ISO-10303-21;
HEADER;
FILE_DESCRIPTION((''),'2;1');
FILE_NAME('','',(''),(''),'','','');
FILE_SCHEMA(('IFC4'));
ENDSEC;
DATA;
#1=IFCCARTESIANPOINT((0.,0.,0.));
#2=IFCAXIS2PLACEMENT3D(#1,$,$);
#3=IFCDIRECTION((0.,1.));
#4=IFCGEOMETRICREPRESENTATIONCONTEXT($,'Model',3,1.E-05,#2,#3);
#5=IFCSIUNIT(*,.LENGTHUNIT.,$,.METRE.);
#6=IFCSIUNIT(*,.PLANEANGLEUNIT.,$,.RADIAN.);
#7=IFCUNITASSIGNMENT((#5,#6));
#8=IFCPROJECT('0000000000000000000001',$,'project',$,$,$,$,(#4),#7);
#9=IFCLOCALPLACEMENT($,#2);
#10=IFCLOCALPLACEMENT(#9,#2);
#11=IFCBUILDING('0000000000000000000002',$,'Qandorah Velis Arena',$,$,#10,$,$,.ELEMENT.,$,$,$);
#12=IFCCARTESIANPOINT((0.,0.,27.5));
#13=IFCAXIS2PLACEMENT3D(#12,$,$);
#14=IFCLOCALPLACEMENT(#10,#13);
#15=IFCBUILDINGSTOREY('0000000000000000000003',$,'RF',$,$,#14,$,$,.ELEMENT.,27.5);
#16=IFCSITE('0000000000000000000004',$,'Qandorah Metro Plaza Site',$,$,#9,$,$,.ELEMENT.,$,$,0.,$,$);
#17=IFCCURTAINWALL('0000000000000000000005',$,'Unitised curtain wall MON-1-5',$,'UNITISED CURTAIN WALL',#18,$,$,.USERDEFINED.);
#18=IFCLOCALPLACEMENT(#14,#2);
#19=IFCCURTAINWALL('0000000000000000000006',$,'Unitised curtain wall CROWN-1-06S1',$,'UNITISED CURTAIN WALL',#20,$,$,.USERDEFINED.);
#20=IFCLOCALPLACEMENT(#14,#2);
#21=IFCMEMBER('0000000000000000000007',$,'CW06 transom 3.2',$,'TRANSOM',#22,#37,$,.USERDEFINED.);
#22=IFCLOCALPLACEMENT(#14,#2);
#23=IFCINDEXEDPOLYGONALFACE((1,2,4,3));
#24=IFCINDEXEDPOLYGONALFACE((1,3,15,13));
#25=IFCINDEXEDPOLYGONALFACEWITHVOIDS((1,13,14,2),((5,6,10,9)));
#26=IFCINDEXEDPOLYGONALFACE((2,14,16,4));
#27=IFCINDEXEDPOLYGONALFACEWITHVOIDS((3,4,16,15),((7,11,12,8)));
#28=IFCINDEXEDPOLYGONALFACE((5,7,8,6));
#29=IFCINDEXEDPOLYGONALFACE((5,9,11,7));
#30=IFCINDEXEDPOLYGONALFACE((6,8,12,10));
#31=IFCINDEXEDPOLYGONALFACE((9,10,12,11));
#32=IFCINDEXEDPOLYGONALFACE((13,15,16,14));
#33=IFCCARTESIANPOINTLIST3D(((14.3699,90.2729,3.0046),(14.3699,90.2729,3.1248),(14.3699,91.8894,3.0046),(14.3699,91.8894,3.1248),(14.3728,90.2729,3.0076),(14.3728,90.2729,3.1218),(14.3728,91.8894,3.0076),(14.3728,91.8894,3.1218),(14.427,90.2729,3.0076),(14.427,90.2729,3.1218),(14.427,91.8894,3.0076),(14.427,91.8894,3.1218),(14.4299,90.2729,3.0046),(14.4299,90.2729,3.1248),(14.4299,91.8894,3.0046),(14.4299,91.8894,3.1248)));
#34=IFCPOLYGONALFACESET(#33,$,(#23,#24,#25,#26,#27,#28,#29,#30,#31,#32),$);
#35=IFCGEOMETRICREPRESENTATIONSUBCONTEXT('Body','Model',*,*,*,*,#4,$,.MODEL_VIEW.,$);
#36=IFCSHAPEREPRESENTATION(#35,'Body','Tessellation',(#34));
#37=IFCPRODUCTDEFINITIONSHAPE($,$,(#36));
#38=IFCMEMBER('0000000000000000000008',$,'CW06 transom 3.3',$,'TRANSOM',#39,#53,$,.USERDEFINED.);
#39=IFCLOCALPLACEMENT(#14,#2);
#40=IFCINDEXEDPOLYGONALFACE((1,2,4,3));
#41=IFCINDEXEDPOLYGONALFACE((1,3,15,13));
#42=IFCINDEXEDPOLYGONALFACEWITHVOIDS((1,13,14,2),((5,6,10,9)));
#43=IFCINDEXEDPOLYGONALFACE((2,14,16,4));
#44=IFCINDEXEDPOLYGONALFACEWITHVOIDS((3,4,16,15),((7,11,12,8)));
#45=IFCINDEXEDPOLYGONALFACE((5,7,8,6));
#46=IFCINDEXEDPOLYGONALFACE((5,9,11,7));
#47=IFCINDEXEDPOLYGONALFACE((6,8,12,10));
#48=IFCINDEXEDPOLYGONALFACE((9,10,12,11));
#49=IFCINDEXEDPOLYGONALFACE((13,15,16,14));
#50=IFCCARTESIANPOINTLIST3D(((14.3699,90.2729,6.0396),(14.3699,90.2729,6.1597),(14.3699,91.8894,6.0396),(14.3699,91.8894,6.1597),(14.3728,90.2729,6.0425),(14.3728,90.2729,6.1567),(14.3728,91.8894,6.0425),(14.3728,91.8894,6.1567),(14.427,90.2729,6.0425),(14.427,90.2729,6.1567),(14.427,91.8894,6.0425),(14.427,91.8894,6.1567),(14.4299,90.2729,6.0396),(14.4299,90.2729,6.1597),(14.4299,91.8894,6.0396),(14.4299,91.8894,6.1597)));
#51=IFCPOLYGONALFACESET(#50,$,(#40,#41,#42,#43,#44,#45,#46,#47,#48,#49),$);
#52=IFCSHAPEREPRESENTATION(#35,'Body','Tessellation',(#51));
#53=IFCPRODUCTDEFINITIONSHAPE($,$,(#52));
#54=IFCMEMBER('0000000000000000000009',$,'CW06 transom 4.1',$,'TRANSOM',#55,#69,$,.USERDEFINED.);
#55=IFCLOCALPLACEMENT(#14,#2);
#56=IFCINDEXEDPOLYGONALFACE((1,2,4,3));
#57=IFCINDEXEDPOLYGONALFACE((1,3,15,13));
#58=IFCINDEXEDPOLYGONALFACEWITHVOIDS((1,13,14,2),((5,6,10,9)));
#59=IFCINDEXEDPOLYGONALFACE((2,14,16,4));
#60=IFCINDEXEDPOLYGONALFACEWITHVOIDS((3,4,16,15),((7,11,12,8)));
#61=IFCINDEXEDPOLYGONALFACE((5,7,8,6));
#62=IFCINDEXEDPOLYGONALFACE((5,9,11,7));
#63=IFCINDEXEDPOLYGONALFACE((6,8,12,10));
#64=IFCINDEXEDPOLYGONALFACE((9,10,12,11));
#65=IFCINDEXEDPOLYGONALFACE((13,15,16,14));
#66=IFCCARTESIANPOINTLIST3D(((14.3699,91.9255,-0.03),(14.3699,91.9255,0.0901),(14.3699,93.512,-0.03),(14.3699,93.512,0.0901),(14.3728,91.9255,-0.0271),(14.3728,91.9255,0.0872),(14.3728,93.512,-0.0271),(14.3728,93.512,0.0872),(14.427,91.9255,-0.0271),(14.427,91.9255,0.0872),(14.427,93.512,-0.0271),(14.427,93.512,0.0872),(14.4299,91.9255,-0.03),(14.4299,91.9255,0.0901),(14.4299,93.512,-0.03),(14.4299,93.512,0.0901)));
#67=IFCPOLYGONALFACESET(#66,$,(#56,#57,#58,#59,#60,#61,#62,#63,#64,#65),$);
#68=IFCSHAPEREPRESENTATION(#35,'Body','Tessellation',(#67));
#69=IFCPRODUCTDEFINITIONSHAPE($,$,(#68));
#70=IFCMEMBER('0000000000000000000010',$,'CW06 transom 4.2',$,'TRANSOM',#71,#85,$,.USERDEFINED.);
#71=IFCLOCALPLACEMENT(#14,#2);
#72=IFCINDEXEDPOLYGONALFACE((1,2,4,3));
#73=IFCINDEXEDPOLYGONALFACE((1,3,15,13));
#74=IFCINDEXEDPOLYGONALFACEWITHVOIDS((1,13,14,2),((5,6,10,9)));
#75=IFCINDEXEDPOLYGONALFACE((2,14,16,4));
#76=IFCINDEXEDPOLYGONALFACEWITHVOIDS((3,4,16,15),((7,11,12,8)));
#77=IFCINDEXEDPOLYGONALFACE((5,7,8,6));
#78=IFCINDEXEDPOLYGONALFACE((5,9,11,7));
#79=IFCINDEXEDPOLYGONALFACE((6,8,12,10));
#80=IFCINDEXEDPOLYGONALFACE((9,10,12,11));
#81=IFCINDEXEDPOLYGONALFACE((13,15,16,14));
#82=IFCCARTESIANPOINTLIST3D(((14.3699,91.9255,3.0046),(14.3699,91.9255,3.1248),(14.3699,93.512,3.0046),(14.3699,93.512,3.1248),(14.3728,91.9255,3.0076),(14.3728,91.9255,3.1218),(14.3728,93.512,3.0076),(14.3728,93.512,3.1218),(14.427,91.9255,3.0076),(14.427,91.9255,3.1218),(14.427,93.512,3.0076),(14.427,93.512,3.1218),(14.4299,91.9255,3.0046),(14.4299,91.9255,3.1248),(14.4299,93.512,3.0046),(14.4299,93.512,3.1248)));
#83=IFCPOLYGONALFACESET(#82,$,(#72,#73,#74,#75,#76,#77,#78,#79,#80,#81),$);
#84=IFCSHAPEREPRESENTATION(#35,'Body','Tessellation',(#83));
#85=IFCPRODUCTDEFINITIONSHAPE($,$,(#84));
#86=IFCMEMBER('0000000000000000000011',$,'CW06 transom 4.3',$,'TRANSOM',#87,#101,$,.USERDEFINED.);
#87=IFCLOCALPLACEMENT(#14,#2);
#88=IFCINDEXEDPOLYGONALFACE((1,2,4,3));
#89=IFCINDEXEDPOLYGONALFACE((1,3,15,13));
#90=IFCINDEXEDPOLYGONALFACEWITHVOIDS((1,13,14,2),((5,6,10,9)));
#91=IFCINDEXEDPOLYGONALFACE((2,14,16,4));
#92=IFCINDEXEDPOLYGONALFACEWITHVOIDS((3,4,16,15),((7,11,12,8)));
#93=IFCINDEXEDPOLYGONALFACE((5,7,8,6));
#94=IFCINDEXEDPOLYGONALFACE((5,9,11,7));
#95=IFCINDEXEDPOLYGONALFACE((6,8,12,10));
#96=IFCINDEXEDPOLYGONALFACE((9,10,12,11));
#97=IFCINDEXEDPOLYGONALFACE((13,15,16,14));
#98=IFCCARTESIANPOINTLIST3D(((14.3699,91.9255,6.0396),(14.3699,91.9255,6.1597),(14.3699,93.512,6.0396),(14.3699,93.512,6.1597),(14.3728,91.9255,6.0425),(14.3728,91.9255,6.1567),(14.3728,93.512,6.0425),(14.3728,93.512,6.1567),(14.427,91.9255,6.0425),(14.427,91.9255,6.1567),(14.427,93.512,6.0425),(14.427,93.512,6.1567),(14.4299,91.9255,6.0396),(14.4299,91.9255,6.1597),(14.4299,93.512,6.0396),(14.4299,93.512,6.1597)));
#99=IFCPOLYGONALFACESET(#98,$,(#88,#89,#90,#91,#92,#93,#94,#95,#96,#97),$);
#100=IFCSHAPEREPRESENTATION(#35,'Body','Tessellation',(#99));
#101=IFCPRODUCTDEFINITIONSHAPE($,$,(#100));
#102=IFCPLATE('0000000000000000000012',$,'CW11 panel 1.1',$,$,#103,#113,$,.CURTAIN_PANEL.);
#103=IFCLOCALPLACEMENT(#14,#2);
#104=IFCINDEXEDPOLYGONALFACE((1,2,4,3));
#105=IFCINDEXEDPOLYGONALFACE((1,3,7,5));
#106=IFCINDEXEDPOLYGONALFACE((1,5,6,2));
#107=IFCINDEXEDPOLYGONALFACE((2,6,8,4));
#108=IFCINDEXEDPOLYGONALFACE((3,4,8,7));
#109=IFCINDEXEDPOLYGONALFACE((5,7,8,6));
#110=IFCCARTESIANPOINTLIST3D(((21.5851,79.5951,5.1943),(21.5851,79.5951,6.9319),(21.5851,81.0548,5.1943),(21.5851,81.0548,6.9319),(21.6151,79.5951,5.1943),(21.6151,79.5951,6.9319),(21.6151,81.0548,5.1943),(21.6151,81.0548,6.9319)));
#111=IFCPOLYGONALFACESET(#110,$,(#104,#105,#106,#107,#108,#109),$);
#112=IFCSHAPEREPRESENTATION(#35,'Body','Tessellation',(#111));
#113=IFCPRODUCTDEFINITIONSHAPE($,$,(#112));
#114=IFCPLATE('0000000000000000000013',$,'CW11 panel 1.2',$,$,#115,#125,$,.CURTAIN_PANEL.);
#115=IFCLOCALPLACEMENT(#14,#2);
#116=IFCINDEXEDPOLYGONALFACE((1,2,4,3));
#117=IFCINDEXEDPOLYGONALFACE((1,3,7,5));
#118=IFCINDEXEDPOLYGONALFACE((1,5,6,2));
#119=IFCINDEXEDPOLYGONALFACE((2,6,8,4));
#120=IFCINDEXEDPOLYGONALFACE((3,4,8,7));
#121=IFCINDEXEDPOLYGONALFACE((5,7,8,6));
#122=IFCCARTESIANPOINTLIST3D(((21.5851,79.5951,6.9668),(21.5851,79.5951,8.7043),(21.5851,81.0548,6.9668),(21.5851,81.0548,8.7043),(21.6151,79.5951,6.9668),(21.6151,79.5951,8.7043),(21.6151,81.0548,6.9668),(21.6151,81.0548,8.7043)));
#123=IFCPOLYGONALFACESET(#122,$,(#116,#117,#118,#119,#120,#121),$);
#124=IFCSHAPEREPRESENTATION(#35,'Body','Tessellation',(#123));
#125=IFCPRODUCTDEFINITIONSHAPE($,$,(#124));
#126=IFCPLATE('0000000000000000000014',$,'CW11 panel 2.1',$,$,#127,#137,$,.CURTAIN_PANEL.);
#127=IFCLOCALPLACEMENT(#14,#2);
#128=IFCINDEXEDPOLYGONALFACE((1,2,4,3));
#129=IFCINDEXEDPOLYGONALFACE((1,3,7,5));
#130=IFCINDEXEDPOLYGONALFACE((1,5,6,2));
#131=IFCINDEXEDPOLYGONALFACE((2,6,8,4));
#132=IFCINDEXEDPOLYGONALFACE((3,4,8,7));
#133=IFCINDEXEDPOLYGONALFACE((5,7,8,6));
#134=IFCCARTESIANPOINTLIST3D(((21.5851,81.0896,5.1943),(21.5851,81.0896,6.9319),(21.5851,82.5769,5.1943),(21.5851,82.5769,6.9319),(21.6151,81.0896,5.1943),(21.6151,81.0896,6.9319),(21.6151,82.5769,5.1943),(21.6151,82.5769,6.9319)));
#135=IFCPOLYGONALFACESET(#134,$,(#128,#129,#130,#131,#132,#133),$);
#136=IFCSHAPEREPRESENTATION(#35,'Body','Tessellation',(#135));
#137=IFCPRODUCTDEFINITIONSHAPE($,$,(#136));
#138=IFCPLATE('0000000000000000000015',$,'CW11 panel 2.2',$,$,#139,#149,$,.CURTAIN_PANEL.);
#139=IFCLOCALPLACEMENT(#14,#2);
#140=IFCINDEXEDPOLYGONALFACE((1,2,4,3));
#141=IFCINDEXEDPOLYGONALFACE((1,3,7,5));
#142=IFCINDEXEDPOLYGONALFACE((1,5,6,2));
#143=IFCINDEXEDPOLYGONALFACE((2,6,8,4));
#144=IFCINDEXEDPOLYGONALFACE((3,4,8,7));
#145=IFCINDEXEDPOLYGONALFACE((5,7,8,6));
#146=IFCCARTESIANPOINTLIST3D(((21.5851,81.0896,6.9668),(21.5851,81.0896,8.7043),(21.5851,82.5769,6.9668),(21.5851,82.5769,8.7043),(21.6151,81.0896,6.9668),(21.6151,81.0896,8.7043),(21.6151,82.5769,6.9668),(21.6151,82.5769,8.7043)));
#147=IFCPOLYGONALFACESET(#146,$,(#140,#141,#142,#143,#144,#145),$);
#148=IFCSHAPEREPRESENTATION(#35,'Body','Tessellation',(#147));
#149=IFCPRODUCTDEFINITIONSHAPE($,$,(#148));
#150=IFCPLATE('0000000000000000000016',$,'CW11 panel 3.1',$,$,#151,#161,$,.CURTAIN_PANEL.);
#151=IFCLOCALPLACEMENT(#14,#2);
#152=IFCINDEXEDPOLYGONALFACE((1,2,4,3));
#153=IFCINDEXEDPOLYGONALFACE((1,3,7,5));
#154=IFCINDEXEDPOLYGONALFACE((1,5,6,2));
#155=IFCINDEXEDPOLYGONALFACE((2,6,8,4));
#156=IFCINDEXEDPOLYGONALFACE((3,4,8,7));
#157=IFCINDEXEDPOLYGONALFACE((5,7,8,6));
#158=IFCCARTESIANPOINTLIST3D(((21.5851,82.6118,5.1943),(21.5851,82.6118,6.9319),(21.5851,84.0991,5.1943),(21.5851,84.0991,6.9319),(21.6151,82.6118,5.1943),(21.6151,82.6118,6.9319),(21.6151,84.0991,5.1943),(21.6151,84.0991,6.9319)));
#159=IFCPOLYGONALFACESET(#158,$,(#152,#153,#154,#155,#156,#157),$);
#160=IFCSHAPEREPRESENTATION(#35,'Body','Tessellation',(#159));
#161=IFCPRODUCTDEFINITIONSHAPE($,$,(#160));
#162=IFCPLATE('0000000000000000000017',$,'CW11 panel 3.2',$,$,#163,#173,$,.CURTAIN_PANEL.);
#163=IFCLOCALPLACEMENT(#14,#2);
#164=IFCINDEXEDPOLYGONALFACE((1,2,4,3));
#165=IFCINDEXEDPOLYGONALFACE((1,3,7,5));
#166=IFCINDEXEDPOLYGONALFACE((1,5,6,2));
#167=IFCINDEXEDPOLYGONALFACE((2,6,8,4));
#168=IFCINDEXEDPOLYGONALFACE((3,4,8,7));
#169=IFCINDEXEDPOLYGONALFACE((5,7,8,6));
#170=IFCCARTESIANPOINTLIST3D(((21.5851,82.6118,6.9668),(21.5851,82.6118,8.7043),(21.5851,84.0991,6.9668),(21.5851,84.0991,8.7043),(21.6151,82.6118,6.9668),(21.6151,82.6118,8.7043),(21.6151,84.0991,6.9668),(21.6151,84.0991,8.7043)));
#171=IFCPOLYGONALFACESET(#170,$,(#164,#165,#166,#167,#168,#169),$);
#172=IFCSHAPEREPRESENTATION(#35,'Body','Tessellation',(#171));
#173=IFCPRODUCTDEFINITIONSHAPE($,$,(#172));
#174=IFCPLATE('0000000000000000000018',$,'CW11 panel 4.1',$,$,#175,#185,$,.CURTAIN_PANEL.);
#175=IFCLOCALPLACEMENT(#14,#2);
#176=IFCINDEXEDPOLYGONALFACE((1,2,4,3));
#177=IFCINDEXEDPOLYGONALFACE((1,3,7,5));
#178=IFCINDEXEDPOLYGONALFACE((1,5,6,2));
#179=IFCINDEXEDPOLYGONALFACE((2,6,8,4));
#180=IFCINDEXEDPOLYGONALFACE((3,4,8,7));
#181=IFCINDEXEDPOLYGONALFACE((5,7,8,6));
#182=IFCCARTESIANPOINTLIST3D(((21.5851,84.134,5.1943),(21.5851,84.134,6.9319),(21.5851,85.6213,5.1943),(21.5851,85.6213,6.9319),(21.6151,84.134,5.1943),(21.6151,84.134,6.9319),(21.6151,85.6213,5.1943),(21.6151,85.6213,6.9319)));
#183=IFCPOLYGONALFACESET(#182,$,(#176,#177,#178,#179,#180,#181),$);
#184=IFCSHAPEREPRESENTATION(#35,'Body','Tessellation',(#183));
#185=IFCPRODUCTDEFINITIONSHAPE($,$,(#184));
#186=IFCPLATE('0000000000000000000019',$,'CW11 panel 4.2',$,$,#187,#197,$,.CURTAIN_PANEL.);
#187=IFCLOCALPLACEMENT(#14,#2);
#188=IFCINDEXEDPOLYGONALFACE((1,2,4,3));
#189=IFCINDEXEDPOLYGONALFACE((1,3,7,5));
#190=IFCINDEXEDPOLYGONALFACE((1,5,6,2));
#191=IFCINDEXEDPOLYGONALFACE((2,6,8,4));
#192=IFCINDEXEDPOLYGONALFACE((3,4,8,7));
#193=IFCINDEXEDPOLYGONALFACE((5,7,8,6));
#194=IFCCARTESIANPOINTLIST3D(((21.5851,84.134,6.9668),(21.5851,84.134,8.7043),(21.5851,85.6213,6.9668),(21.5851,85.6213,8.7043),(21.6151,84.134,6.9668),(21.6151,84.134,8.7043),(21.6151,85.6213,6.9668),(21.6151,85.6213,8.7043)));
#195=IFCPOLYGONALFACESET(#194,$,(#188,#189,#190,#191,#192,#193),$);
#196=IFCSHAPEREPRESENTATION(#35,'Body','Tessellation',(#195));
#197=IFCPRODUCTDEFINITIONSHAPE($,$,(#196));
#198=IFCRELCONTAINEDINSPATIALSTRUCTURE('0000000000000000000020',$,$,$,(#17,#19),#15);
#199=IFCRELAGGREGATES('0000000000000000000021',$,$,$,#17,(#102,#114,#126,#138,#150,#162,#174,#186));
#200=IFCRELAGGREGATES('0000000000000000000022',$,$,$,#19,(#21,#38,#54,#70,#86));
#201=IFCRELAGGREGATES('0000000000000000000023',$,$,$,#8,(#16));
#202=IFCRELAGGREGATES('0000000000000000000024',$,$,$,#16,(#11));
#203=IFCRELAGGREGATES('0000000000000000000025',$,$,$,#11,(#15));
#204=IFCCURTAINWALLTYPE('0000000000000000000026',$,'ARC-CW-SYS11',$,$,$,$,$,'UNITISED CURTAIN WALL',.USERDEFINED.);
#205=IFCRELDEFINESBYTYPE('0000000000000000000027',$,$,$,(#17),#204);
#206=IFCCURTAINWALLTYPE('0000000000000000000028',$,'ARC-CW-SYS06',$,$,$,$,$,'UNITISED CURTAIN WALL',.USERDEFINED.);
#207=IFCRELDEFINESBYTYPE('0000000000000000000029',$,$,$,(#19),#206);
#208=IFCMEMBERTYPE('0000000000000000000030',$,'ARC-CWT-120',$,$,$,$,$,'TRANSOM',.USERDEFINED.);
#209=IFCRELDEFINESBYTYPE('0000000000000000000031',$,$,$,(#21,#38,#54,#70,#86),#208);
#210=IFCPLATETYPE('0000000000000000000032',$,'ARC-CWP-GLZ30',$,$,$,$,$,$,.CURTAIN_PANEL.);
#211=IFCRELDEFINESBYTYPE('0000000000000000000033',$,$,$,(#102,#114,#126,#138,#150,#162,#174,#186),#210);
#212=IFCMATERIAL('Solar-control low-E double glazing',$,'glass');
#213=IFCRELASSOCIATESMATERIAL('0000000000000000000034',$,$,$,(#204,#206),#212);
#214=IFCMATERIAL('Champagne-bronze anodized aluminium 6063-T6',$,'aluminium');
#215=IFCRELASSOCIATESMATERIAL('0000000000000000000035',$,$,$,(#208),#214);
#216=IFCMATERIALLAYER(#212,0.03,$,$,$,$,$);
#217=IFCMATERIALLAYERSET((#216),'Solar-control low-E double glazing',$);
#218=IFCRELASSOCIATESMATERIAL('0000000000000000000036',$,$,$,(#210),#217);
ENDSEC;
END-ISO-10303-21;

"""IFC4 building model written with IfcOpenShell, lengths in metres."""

from ifc_helpers import new_model, si_unit, direction, frame, origin, origin_2d, place, context, subcontext, project, spatial, rectangle, hollow_rectangle, extrude, material, layer, layer_set, material_profile, profile_set, type_object, element, aggregate, save


model = new_model("IFC4")

# Units and contexts
model_context = context("Model", 3, precision=1e-05, world=origin(), true_north=direction((0.0, 1.0)))
body_context = subcontext(model_context, "Body", "Model", "MODEL_VIEW")
ifc_project = project(units=[si_unit("LENGTHUNIT", "METRE"), si_unit("PLANEANGLEUNIT", "RADIAN")], contexts=[model_context])

# Site, building, storey
site_placement = place(None, origin())
site = spatial("IfcSite", under=ifc_project, at=site_placement, Name="Qandorah Metro Plaza Site", CompositionType="ELEMENT", RefElevation=0.0)
building_placement = place(site_placement, origin())
building = spatial("IfcBuilding", under=site, at=building_placement, Name="Qandorah Velis Arena", CompositionType="ELEMENT")
storey_placement = place(building_placement, frame((0.0, 0.0, 27.5)))
storey = spatial("IfcBuildingStorey", under=building, at=storey_placement, Name="RF", CompositionType="ELEMENT", Elevation=27.5)

# Curtain walls
ifc_material_1 = material(Name="Solar-control low-E double glazing", Category="glass")
curtain_wall_type_1 = type_object("IfcCurtainWallType", Name="ARC-CW-SYS11", ElementType="UNITISED CURTAIN WALL", PredefinedType="USERDEFINED", material=ifc_material_1)
curtain_wall_1_placement = place(storey_placement, origin())
curtain_wall_1 = element("IfcCurtainWall", 1, at=curtain_wall_1_placement, inside=storey, type_object=curtain_wall_type_1, Name="Unitised curtain wall MON-1-5", ObjectType="UNITISED CURTAIN WALL", PredefinedType="USERDEFINED")
ifc_material_2 = material(Name="Champagne-bronze anodized aluminium 6063-T6", Category="aluminium")
curtain_wall_type_2 = type_object("IfcCurtainWallType", Name="ARC-CW-SYS06", ElementType="UNITISED CURTAIN WALL", PredefinedType="USERDEFINED", material=ifc_material_1)
curtain_wall_2_placement = place(storey_placement, origin())
curtain_wall_2 = element("IfcCurtainWall", 2, at=curtain_wall_2_placement, inside=storey, type_object=curtain_wall_type_2, Name="Unitised curtain wall CROWN-1-06S1", ObjectType="UNITISED CURTAIN WALL", PredefinedType="USERDEFINED")

# Members
ifc_material_profile_1 = material_profile(ifc_material_2, hollow_rectangle(XDim=0.0601, YDim=0.1201, WallThickness=0.0029, at=origin_2d()), Name="ALU TRANSOM 60x120")
ifc_profile_set_1 = profile_set([ifc_material_profile_1], Name="Champagne-bronze anodized aluminium 6063-T6")
member_type_1 = type_object("IfcMemberType", Name="ARC-CWT-120", ElementType="TRANSOM", PredefinedType="USERDEFINED", material=ifc_profile_set_1)
member_1_placement = place(storey_placement, frame((14.3999, 90.2729, 3.0647), z_axis=(0.0, 1.0, 0.0), x_axis=(-1.0, 0.0, 0.0)))
member_1 = element("IfcMember", 3, at=member_1_placement, type_object=member_type_1, Name="CW06 transom 3.2", ObjectType="TRANSOM", PredefinedType="USERDEFINED", context=body_context, shape_type="SweptSolid", body=[
    extrude(hollow_rectangle(XDim=0.0601, YDim=0.1201, WallThickness=0.0029, at=origin_2d()), origin(), (0.0, 0.0, 1.0), 1.6165),
])
member_2_placement = place(storey_placement, frame((14.3999, 90.2729, 6.0996), z_axis=(0.0, 1.0, 0.0), x_axis=(-1.0, 0.0, 0.0)))
member_2 = element("IfcMember", 4, at=member_2_placement, type_object=member_type_1, Name="CW06 transom 3.3", ObjectType="TRANSOM", PredefinedType="USERDEFINED", context=body_context, shape_type="SweptSolid", body=[
    extrude(hollow_rectangle(XDim=0.0601, YDim=0.1201, WallThickness=0.0029, at=origin_2d()), origin(), (0.0, 0.0, 1.0), 1.6165),
])
member_3_placement = place(storey_placement, frame((14.3999, 91.9255, 0.03), z_axis=(0.0, 1.0, 0.0), x_axis=(-1.0, 0.0, 0.0)))
member_3 = element("IfcMember", 5, at=member_3_placement, type_object=member_type_1, Name="CW06 transom 4.1", ObjectType="TRANSOM", PredefinedType="USERDEFINED", context=body_context, shape_type="SweptSolid", body=[
    extrude(hollow_rectangle(XDim=0.0601, YDim=0.1201, WallThickness=0.0029, at=origin_2d()), origin(), (0.0, 0.0, 1.0), 1.5864),
])
member_4_placement = place(storey_placement, frame((14.3999, 91.9255, 3.0647), z_axis=(0.0, 1.0, 0.0), x_axis=(-1.0, 0.0, 0.0)))
member_4 = element("IfcMember", 6, at=member_4_placement, type_object=member_type_1, Name="CW06 transom 4.2", ObjectType="TRANSOM", PredefinedType="USERDEFINED", context=body_context, shape_type="SweptSolid", body=[
    extrude(hollow_rectangle(XDim=0.0601, YDim=0.1201, WallThickness=0.0029, at=origin_2d()), origin(), (0.0, 0.0, 1.0), 1.5864),
])
member_5_placement = place(storey_placement, frame((14.3999, 91.9255, 6.0996), z_axis=(0.0, 1.0, 0.0), x_axis=(-1.0, 0.0, 0.0)))
member_5 = element("IfcMember", 7, at=member_5_placement, type_object=member_type_1, Name="CW06 transom 4.3", ObjectType="TRANSOM", PredefinedType="USERDEFINED", context=body_context, shape_type="SweptSolid", body=[
    extrude(hollow_rectangle(XDim=0.0601, YDim=0.1201, WallThickness=0.0029, at=origin_2d()), origin(), (0.0, 0.0, 1.0), 1.5864),
])

# Plates
ifc_layer_1 = layer(ifc_material_1, 0.03)
ifc_layer_set_1 = layer_set([ifc_layer_1], Name="Solar-control low-E double glazing")
plate_type_1 = type_object("IfcPlateType", Name="ARC-CWP-GLZ30", PredefinedType="CURTAIN_PANEL", material=ifc_layer_set_1)
plate_1_placement = place(storey_placement, frame((21.6001, 80.325, 5.1943), z_axis=(0.0, 0.0, 1.0), x_axis=(0.0, 1.0, 0.0)))
plate_1 = element("IfcPlate", 8, at=plate_1_placement, type_object=plate_type_1, Name="CW11 panel 1.1", PredefinedType="CURTAIN_PANEL", context=body_context, shape_type="SweptSolid", body=[
    extrude(rectangle(XDim=1.4597, YDim=0.03, at=origin_2d()), origin(), (0.0, 0.0, 1.0), 1.7375),
])
plate_2_placement = place(storey_placement, frame((21.6001, 80.325, 6.9668), z_axis=(0.0, 0.0, 1.0), x_axis=(0.0, 1.0, 0.0)))
plate_2 = element("IfcPlate", 9, at=plate_2_placement, type_object=plate_type_1, Name="CW11 panel 1.2", PredefinedType="CURTAIN_PANEL", context=body_context, shape_type="SweptSolid", body=[
    extrude(rectangle(XDim=1.4597, YDim=0.03, at=origin_2d()), origin(), (0.0, 0.0, 1.0), 1.7375),
])
plate_3_placement = place(storey_placement, frame((21.6001, 81.8333, 5.1943), z_axis=(0.0, 0.0, 1.0), x_axis=(0.0, 1.0, 0.0)))
plate_3 = element("IfcPlate", 10, at=plate_3_placement, type_object=plate_type_1, Name="CW11 panel 2.1", PredefinedType="CURTAIN_PANEL", context=body_context, shape_type="SweptSolid", body=[
    extrude(rectangle(XDim=1.4873, YDim=0.03, at=origin_2d()), origin(), (0.0, 0.0, 1.0), 1.7375),
])
plate_4_placement = place(storey_placement, frame((21.6001, 81.8333, 6.9668), z_axis=(0.0, 0.0, 1.0), x_axis=(0.0, 1.0, 0.0)))
plate_4 = element("IfcPlate", 11, at=plate_4_placement, type_object=plate_type_1, Name="CW11 panel 2.2", PredefinedType="CURTAIN_PANEL", context=body_context, shape_type="SweptSolid", body=[
    extrude(rectangle(XDim=1.4873, YDim=0.03, at=origin_2d()), origin(), (0.0, 0.0, 1.0), 1.7375),
])
plate_5_placement = place(storey_placement, frame((21.6001, 83.3555, 5.1943), z_axis=(0.0, 0.0, 1.0), x_axis=(0.0, 1.0, 0.0)))
plate_5 = element("IfcPlate", 12, at=plate_5_placement, type_object=plate_type_1, Name="CW11 panel 3.1", PredefinedType="CURTAIN_PANEL", context=body_context, shape_type="SweptSolid", body=[
    extrude(rectangle(XDim=1.4873, YDim=0.03, at=origin_2d()), origin(), (0.0, 0.0, 1.0), 1.7375),
])
plate_6_placement = place(storey_placement, frame((21.6001, 83.3555, 6.9668), z_axis=(0.0, 0.0, 1.0), x_axis=(0.0, 1.0, 0.0)))
plate_6 = element("IfcPlate", 13, at=plate_6_placement, type_object=plate_type_1, Name="CW11 panel 3.2", PredefinedType="CURTAIN_PANEL", context=body_context, shape_type="SweptSolid", body=[
    extrude(rectangle(XDim=1.4873, YDim=0.03, at=origin_2d()), origin(), (0.0, 0.0, 1.0), 1.7375),
])
plate_7_placement = place(storey_placement, frame((21.6001, 84.8777, 5.1943), z_axis=(0.0, 0.0, 1.0), x_axis=(0.0, 1.0, 0.0)))
plate_7 = element("IfcPlate", 14, at=plate_7_placement, type_object=plate_type_1, Name="CW11 panel 4.1", PredefinedType="CURTAIN_PANEL", context=body_context, shape_type="SweptSolid", body=[
    extrude(rectangle(XDim=1.4873, YDim=0.03, at=origin_2d()), origin(), (0.0, 0.0, 1.0), 1.7375),
])
plate_8_placement = place(storey_placement, frame((21.6001, 84.8777, 6.9668), z_axis=(0.0, 0.0, 1.0), x_axis=(0.0, 1.0, 0.0)))
plate_8 = element("IfcPlate", 15, at=plate_8_placement, type_object=plate_type_1, Name="CW11 panel 4.2", PredefinedType="CURTAIN_PANEL", context=body_context, shape_type="SweptSolid", body=[
    extrude(rectangle(XDim=1.4873, YDim=0.03, at=origin_2d()), origin(), (0.0, 0.0, 1.0), 1.7375),
])
aggregate(curtain_wall_1, [plate_1, plate_2, plate_3, plate_4, plate_5, plate_6, plate_7, plate_8])
aggregate(curtain_wall_2, [member_1, member_2, member_3, member_4, member_5])

save(model, "model.ifc")
